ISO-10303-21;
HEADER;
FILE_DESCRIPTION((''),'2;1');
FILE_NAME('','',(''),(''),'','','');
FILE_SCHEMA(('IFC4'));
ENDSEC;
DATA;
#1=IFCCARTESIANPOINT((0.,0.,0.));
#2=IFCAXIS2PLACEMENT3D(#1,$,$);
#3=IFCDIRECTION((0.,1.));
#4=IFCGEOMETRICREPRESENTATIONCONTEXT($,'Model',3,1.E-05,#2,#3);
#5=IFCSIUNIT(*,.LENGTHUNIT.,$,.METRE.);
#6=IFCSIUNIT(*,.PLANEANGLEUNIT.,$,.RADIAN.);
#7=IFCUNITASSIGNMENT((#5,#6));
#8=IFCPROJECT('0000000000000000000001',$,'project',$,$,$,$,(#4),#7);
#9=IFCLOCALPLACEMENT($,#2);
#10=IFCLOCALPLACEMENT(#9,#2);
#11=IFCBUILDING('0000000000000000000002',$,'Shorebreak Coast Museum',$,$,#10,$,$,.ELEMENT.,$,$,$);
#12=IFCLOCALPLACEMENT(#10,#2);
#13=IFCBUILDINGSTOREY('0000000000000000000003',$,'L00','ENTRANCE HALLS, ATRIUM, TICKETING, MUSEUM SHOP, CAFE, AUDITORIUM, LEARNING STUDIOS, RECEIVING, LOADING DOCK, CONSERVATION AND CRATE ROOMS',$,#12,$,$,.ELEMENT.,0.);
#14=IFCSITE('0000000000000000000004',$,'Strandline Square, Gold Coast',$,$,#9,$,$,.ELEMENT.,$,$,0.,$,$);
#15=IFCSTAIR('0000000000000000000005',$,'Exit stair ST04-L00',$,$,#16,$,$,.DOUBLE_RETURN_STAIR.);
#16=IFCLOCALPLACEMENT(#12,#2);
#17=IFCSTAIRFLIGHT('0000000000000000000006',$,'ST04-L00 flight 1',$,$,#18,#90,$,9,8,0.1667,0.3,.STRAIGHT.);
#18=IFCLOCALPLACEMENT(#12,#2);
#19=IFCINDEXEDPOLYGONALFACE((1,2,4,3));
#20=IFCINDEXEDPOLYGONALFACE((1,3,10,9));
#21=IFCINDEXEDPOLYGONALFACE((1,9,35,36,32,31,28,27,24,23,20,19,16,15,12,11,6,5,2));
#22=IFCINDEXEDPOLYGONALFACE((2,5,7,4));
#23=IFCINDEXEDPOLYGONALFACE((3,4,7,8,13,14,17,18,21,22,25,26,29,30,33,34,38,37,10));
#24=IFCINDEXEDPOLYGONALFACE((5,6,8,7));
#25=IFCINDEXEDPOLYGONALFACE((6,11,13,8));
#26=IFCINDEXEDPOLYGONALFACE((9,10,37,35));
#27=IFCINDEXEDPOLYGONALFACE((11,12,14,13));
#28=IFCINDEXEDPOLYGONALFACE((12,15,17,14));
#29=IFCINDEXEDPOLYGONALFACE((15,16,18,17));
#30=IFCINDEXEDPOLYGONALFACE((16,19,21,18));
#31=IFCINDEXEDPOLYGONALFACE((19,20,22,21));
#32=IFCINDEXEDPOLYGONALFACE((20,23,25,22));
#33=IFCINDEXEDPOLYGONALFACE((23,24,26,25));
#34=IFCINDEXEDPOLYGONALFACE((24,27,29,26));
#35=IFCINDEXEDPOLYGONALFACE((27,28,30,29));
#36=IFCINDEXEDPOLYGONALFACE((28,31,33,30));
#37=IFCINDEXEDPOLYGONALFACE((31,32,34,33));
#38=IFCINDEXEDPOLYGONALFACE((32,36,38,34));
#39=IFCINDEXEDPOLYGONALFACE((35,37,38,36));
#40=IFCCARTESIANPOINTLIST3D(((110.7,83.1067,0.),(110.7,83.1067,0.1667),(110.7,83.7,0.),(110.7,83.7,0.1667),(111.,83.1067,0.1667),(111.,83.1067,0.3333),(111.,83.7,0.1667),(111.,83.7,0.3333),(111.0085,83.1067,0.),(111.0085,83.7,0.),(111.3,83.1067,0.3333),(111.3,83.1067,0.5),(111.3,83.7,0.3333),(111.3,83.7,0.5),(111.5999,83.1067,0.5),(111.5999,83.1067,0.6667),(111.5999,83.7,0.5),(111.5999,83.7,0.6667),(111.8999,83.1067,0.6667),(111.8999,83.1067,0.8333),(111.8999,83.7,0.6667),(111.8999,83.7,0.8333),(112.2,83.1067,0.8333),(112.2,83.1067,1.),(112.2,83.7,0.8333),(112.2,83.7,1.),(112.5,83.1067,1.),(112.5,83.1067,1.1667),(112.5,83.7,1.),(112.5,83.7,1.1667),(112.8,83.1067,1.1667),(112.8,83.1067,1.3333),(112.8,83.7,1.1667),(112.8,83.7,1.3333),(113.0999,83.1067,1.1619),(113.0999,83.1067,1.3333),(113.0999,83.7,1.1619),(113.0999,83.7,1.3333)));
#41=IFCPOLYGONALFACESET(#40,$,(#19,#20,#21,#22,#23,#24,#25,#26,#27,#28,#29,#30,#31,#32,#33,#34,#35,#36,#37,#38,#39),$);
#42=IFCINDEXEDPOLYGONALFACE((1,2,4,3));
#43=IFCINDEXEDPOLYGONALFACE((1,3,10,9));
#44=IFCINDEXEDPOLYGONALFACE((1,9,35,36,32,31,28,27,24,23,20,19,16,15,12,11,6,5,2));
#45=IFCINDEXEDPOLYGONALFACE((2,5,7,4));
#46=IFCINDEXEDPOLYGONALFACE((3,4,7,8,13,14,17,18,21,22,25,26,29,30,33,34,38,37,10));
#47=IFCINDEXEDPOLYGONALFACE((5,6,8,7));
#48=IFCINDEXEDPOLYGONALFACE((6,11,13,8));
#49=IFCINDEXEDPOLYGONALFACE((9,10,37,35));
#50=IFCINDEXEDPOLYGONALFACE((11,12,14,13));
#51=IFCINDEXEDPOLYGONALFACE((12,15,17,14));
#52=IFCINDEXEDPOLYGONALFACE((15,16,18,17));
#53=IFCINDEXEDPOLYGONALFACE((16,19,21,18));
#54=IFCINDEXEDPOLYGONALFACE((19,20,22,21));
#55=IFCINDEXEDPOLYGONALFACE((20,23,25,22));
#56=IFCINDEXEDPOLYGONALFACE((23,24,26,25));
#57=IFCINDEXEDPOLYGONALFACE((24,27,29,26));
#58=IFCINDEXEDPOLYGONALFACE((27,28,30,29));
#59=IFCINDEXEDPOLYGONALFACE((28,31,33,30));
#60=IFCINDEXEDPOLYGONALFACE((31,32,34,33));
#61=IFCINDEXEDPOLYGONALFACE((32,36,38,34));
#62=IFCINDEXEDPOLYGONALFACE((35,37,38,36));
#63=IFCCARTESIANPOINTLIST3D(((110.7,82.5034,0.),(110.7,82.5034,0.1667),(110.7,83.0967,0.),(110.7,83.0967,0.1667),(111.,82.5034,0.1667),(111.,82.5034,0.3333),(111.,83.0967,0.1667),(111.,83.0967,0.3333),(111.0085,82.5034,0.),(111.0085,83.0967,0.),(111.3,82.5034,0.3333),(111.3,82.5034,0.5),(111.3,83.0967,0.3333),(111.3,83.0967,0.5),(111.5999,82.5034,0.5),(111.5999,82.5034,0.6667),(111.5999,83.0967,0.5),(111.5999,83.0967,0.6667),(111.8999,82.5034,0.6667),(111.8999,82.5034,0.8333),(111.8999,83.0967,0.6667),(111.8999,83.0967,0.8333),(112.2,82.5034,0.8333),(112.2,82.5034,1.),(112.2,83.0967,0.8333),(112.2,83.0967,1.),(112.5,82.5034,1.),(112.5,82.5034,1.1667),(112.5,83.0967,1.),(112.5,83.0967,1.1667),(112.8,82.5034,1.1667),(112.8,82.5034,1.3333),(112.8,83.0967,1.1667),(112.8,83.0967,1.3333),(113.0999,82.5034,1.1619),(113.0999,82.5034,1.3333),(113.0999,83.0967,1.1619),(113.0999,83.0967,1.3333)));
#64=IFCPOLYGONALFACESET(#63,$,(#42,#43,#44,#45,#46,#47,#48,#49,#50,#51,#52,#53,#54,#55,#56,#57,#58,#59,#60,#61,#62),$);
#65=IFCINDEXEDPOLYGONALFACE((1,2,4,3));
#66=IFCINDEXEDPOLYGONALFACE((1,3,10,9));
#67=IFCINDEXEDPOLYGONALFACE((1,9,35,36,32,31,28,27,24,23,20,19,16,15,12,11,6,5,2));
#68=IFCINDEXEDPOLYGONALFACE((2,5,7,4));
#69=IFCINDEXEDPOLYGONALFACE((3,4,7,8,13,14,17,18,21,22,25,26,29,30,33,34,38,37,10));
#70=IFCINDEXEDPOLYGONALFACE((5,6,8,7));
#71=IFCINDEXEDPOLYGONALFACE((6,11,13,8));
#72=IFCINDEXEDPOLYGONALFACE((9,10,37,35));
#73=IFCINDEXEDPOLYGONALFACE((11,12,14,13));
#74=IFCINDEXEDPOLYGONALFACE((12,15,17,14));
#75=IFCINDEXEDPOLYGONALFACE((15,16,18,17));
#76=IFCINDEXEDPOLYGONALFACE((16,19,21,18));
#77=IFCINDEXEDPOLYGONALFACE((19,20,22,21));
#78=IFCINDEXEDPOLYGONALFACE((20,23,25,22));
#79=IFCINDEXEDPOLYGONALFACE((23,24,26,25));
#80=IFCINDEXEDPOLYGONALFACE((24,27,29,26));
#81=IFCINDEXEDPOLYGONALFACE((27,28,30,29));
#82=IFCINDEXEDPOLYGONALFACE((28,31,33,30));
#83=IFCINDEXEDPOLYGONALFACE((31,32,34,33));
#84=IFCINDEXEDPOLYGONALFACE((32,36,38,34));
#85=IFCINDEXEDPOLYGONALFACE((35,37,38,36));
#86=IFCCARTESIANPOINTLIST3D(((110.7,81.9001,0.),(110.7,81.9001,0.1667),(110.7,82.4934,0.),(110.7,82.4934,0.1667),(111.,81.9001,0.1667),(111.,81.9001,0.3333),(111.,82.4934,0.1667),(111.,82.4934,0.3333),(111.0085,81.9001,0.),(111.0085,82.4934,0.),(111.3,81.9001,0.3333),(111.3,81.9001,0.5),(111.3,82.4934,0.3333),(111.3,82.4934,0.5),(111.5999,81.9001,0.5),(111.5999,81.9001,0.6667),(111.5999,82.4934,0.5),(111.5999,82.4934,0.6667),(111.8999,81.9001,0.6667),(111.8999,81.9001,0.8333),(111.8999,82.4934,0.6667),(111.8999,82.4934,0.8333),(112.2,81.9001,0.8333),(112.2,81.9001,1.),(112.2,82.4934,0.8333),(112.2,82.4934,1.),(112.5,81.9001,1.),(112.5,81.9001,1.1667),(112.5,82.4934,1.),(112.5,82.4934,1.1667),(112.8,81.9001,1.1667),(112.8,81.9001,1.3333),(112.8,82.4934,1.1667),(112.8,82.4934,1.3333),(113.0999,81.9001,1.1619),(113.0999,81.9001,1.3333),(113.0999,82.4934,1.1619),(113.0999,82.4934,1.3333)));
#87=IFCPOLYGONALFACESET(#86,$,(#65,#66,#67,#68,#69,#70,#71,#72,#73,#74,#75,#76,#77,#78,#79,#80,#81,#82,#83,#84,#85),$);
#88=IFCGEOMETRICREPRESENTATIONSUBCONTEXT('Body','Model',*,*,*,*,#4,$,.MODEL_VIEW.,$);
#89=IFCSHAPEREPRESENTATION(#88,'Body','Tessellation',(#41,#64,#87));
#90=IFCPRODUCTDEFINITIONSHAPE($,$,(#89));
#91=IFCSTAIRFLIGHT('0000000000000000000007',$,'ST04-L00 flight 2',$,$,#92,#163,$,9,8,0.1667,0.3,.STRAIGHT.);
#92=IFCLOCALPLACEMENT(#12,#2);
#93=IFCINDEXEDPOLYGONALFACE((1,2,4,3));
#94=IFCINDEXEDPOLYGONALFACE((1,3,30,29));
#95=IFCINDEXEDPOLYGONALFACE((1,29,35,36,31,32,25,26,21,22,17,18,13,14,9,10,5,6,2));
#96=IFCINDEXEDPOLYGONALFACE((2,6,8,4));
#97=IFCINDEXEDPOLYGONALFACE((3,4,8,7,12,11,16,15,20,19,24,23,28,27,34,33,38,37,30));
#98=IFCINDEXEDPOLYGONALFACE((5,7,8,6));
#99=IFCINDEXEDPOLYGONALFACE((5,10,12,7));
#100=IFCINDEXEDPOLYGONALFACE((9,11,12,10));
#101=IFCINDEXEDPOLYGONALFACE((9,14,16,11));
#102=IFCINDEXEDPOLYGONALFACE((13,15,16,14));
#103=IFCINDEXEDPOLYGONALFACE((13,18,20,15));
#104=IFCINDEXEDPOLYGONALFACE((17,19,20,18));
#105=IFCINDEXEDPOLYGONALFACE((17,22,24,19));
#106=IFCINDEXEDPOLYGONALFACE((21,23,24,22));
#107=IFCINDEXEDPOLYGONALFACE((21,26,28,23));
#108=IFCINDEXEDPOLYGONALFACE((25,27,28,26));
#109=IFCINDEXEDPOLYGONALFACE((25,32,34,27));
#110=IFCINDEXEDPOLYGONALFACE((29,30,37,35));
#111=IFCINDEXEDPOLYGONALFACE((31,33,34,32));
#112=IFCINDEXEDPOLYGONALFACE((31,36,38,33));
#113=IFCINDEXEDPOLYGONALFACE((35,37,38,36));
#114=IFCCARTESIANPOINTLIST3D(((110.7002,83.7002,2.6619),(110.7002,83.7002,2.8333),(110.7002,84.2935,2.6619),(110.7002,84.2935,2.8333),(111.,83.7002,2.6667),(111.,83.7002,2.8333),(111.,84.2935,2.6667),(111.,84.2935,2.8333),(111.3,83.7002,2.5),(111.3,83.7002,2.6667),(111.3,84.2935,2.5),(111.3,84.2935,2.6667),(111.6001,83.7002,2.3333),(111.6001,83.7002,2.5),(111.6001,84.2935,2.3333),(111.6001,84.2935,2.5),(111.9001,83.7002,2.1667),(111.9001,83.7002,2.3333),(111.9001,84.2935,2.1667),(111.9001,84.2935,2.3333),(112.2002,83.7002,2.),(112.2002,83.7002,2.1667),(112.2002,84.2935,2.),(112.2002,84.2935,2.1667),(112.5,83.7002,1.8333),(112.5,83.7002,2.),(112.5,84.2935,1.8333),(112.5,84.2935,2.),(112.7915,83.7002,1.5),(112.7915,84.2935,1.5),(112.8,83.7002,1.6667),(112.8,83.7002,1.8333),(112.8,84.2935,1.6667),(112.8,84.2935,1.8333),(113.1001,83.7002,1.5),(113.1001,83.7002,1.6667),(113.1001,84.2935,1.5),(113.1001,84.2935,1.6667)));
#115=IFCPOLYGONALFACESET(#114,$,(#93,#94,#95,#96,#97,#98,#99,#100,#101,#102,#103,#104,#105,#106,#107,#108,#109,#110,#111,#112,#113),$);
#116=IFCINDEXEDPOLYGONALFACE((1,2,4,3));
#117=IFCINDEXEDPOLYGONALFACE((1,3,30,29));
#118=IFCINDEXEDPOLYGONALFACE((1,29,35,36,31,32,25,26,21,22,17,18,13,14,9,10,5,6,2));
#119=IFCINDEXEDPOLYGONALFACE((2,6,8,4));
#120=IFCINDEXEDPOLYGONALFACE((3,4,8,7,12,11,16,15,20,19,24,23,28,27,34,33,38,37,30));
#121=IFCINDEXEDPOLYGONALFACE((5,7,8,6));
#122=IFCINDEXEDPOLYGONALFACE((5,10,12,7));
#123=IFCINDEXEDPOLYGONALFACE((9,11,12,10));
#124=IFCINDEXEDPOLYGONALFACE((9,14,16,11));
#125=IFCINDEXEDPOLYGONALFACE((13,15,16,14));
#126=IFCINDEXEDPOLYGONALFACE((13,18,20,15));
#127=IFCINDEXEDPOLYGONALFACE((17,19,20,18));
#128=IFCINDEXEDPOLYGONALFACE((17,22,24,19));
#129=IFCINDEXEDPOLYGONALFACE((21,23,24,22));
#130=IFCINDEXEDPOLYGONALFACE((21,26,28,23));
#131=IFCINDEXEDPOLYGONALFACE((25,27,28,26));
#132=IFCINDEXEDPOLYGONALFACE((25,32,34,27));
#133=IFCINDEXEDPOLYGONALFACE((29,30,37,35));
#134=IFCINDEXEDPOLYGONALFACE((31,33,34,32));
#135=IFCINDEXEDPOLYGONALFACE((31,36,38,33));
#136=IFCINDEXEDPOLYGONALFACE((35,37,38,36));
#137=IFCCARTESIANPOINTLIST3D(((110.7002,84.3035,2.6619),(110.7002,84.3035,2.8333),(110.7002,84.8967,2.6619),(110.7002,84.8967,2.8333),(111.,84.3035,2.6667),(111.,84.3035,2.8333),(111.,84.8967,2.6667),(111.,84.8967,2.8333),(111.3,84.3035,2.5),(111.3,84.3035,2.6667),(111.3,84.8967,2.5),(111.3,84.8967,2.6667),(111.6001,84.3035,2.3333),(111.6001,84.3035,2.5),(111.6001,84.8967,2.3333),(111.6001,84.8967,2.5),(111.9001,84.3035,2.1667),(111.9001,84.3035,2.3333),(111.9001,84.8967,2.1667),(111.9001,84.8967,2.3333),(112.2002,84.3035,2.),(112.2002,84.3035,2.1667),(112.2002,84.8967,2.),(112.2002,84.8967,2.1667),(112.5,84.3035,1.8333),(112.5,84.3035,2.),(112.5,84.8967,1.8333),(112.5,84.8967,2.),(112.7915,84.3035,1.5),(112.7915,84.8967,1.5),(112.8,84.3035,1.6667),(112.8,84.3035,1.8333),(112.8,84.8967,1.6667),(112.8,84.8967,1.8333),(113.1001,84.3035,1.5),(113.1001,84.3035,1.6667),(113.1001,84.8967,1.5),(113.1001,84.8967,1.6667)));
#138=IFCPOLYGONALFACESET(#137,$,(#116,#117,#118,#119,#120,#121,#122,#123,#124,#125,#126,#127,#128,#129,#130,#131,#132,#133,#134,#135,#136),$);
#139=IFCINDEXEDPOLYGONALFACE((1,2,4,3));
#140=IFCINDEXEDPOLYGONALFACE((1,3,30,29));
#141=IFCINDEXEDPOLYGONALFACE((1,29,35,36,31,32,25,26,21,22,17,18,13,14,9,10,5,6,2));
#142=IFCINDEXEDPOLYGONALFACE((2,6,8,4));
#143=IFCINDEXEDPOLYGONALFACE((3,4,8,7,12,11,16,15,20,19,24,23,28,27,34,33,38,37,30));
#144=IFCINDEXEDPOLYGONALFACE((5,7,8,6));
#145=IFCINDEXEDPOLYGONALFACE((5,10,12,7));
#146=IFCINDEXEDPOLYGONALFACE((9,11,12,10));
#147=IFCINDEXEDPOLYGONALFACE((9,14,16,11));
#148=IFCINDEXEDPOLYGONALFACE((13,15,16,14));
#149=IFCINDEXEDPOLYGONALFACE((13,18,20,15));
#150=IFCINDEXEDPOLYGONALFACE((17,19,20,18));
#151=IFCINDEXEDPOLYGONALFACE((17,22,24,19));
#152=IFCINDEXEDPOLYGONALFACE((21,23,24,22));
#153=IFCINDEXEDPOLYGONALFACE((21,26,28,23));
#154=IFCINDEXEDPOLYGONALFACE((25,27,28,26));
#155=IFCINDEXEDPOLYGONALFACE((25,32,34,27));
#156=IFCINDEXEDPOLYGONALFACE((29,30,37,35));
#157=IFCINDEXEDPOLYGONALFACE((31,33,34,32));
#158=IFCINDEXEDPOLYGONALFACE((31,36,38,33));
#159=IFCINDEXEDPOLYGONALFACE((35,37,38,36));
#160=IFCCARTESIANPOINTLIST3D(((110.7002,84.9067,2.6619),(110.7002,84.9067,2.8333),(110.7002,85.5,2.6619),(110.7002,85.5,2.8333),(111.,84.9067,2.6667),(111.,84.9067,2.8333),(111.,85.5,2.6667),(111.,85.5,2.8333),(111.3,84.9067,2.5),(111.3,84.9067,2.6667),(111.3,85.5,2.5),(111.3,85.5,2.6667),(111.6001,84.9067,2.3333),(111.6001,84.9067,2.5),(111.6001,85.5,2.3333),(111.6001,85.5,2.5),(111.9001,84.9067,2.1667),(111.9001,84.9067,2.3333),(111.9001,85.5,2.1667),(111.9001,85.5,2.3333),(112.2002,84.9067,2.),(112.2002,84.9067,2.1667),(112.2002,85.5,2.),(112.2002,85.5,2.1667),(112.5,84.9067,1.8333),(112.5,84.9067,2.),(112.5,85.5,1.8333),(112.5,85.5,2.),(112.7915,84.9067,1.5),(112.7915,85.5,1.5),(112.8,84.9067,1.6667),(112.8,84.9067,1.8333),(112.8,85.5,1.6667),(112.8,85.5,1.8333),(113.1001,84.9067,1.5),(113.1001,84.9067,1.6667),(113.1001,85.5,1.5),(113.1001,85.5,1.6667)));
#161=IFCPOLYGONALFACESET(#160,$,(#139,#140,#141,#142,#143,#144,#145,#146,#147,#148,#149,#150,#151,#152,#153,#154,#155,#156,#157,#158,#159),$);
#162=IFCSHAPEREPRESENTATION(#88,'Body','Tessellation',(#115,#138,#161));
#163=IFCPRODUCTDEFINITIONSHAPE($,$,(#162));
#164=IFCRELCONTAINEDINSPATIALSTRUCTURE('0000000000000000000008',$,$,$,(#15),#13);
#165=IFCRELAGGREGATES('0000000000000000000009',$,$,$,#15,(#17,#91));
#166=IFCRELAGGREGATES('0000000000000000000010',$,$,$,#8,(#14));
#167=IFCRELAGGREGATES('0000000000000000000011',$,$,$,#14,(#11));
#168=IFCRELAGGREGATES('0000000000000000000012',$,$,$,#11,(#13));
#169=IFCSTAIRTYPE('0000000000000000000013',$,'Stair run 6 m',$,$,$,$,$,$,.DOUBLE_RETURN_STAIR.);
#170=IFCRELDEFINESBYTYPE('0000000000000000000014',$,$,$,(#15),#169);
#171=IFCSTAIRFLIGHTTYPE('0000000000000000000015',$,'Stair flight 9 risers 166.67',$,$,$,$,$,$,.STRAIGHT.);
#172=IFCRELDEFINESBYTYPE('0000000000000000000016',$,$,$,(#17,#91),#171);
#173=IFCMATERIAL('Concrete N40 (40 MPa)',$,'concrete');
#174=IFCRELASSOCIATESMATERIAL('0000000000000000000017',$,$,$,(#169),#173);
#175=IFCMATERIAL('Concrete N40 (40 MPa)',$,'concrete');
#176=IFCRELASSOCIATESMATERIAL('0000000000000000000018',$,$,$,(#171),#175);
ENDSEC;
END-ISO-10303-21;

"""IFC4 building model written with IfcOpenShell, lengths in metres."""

from ifc_helpers import new_model, si_unit, direction, frame, origin, place, context, subcontext, project, spatial, polyline, outline, extrude, material, type_object, element, aggregate, save


model = new_model("IFC4")

# Units and contexts
model_context = context("Model", 3, precision=1e-05, world=origin(), true_north=direction((0.0, 1.0)))
body_context = subcontext(model_context, "Body", "Model", "MODEL_VIEW")
ifc_project = project(units=[si_unit("LENGTHUNIT", "METRE"), si_unit("PLANEANGLEUNIT", "RADIAN")], contexts=[model_context])

# Site, building, storey
site_placement = place(None, origin())
site = spatial("IfcSite", under=ifc_project, at=site_placement, Name="Strandline Square, Gold Coast", CompositionType="ELEMENT", RefElevation=0.0)
building_placement = place(site_placement, origin())
building = spatial("IfcBuilding", under=site, at=building_placement, Name="Shorebreak Coast Museum", CompositionType="ELEMENT")
storey_placement = place(building_placement, origin())
storey = spatial("IfcBuildingStorey", under=building, at=storey_placement, Name="L00", Description="ENTRANCE HALLS, ATRIUM, TICKETING, MUSEUM SHOP, CAFE, AUDITORIUM, LEARNING STUDIOS, RECEIVING, LOADING DOCK, CONSERVATION AND CRATE ROOMS", CompositionType="ELEMENT", Elevation=0.0)

# Stair, stair flights
ifc_material_1 = material(Name="Concrete N40 (40 MPa)", Category="concrete")
stair_type = type_object("IfcStairType", Name="Stair run 6 m", PredefinedType="DOUBLE_RETURN_STAIR", material=ifc_material_1)
stair_placement = place(storey_placement, origin())
stair = element("IfcStair", 1, at=stair_placement, inside=storey, type_object=stair_type, Name="Exit stair ST04-L00", PredefinedType="DOUBLE_RETURN_STAIR")
ifc_material_2 = material(Name="Concrete N40 (40 MPa)", Category="concrete")
stair_flight_type = type_object("IfcStairFlightType", Name="Stair flight 9 risers 166.67", PredefinedType="STRAIGHT", material=ifc_material_2)
stair_flight_1_placement = place(storey_placement, frame((110.7, 82.8, 0.0), z_axis=(0.0, 0.0, 1.0), x_axis=(1.0, 0.0, 0.0)))
stair_flight_1 = element("IfcStairFlight", 2, at=stair_flight_1_placement, type_object=stair_flight_type, Name="ST04-L00 flight 1", NumberOfRisers=9, NumberOfTreads=8, PredefinedType="STRAIGHT", RiserHeight=0.1667, TreadLength=0.3, context=body_context, shape_type="SweptSolid", body=[
    extrude(outline(polyline([(0.0, 0.0), (0.0, 0.1667), (0.3, 0.1667), (0.3, 0.3333), (0.6001, 0.3333), (0.6001, 0.5), (0.8999, 0.5), (0.8999, 0.6667), (1.2, 0.6667), (1.2, 0.8333), (1.5, 0.8333), (1.5, 1.0), (1.8, 1.0), (1.8, 1.1667), (2.1001, 1.1667), (2.1001, 1.3333), (2.3999, 1.3333), (2.3999, 1.5), (2.3999, 1.1619), (0.3086, 0.0), (0.0, 0.0)])), frame((0.0, 0.8999, 0.0), z_axis=(0.0, -1.0, 0.0), x_axis=(1.0, 0.0, 0.0)), (0.0, 0.0, 1.0), 0.5933),
    extrude(outline(polyline([(0.0, 0.0), (0.0, 0.1667), (0.3, 0.1667), (0.3, 0.3333), (0.6001, 0.3333), (0.6001, 0.5), (0.8999, 0.5), (0.8999, 0.6667), (1.2, 0.6667), (1.2, 0.8333), (1.5, 0.8333), (1.5, 1.0), (1.8, 1.0), (1.8, 1.1667), (2.1001, 1.1667), (2.1001, 1.3333), (2.3999, 1.3333), (2.3999, 1.5), (2.3999, 1.1619), (0.3086, 0.0), (0.0, 0.0)])), frame((0.0, 0.2966, 0.0), z_axis=(0.0, -1.0, 0.0), x_axis=(1.0, 0.0, 0.0)), (0.0, 0.0, 1.0), 0.5933),
    extrude(outline(polyline([(0.0, 0.0), (0.0, 0.1667), (0.3, 0.1667), (0.3, 0.3333), (0.6001, 0.3333), (0.6001, 0.5), (0.8999, 0.5), (0.8999, 0.6667), (1.2, 0.6667), (1.2, 0.8333), (1.5, 0.8333), (1.5, 1.0), (1.8, 1.0), (1.8, 1.1667), (2.1001, 1.1667), (2.1001, 1.3333), (2.3999, 1.3333), (2.3999, 1.5), (2.3999, 1.1619), (0.3086, 0.0), (0.0, 0.0)])), frame((0.0, -0.3066, 0.0), z_axis=(0.0, -1.0, 0.0), x_axis=(1.0, 0.0, 0.0)), (0.0, 0.0, 1.0), 0.5933),
])
stair_flight_2_placement = place(storey_placement, frame((113.1001, 84.6001, 1.5), z_axis=(0.0, 0.0, 1.0), x_axis=(-1.0, 0.0, 0.0)))
stair_flight_2 = element("IfcStairFlight", 3, at=stair_flight_2_placement, type_object=stair_flight_type, Name="ST04-L00 flight 2", NumberOfRisers=9, NumberOfTreads=8, PredefinedType="STRAIGHT", RiserHeight=0.1667, TreadLength=0.3, context=body_context, shape_type="SweptSolid", body=[
    extrude(outline(polyline([(0.0, 0.0), (0.0, 0.1667), (0.3, 0.1667), (0.3, 0.3333), (0.6001, 0.3333), (0.6001, 0.5), (0.8999, 0.5), (0.8999, 0.6667), (1.2, 0.6667), (1.2, 0.8333), (1.5, 0.8333), (1.5, 1.0), (1.8, 1.0), (1.8, 1.1667), (2.1001, 1.1667), (2.1001, 1.3333), (2.3999, 1.3333), (2.3999, 1.5), (2.3999, 1.1619), (0.3086, 0.0), (0.0, 0.0)])), frame((0.0, 0.8999, 0.0), z_axis=(0.0, -1.0, 0.0), x_axis=(1.0, 0.0, 0.0)), (0.0, 0.0, 1.0), 0.5933),
    extrude(outline(polyline([(0.0, 0.0), (0.0, 0.1667), (0.3, 0.1667), (0.3, 0.3333), (0.6001, 0.3333), (0.6001, 0.5), (0.8999, 0.5), (0.8999, 0.6667), (1.2, 0.6667), (1.2, 0.8333), (1.5, 0.8333), (1.5, 1.0), (1.8, 1.0), (1.8, 1.1667), (2.1001, 1.1667), (2.1001, 1.3333), (2.3999, 1.3333), (2.3999, 1.5), (2.3999, 1.1619), (0.3086, 0.0), (0.0, 0.0)])), frame((0.0, 0.2966, 0.0), z_axis=(0.0, -1.0, 0.0), x_axis=(1.0, 0.0, 0.0)), (0.0, 0.0, 1.0), 0.5933),
    extrude(outline(polyline([(0.0, 0.0), (0.0, 0.1667), (0.3, 0.1667), (0.3, 0.3333), (0.6001, 0.3333), (0.6001, 0.5), (0.8999, 0.5), (0.8999, 0.6667), (1.2, 0.6667), (1.2, 0.8333), (1.5, 0.8333), (1.5, 1.0), (1.8, 1.0), (1.8, 1.1667), (2.1001, 1.1667), (2.1001, 1.3333), (2.3999, 1.3333), (2.3999, 1.5), (2.3999, 1.1619), (0.3086, 0.0), (0.0, 0.0)])), frame((0.0, -0.3066, 0.0), z_axis=(0.0, -1.0, 0.0), x_axis=(1.0, 0.0, 0.0)), (0.0, 0.0, 1.0), 0.5933),
])
aggregate(stair, [stair_flight_1, stair_flight_2])

save(model, "model.ifc")
